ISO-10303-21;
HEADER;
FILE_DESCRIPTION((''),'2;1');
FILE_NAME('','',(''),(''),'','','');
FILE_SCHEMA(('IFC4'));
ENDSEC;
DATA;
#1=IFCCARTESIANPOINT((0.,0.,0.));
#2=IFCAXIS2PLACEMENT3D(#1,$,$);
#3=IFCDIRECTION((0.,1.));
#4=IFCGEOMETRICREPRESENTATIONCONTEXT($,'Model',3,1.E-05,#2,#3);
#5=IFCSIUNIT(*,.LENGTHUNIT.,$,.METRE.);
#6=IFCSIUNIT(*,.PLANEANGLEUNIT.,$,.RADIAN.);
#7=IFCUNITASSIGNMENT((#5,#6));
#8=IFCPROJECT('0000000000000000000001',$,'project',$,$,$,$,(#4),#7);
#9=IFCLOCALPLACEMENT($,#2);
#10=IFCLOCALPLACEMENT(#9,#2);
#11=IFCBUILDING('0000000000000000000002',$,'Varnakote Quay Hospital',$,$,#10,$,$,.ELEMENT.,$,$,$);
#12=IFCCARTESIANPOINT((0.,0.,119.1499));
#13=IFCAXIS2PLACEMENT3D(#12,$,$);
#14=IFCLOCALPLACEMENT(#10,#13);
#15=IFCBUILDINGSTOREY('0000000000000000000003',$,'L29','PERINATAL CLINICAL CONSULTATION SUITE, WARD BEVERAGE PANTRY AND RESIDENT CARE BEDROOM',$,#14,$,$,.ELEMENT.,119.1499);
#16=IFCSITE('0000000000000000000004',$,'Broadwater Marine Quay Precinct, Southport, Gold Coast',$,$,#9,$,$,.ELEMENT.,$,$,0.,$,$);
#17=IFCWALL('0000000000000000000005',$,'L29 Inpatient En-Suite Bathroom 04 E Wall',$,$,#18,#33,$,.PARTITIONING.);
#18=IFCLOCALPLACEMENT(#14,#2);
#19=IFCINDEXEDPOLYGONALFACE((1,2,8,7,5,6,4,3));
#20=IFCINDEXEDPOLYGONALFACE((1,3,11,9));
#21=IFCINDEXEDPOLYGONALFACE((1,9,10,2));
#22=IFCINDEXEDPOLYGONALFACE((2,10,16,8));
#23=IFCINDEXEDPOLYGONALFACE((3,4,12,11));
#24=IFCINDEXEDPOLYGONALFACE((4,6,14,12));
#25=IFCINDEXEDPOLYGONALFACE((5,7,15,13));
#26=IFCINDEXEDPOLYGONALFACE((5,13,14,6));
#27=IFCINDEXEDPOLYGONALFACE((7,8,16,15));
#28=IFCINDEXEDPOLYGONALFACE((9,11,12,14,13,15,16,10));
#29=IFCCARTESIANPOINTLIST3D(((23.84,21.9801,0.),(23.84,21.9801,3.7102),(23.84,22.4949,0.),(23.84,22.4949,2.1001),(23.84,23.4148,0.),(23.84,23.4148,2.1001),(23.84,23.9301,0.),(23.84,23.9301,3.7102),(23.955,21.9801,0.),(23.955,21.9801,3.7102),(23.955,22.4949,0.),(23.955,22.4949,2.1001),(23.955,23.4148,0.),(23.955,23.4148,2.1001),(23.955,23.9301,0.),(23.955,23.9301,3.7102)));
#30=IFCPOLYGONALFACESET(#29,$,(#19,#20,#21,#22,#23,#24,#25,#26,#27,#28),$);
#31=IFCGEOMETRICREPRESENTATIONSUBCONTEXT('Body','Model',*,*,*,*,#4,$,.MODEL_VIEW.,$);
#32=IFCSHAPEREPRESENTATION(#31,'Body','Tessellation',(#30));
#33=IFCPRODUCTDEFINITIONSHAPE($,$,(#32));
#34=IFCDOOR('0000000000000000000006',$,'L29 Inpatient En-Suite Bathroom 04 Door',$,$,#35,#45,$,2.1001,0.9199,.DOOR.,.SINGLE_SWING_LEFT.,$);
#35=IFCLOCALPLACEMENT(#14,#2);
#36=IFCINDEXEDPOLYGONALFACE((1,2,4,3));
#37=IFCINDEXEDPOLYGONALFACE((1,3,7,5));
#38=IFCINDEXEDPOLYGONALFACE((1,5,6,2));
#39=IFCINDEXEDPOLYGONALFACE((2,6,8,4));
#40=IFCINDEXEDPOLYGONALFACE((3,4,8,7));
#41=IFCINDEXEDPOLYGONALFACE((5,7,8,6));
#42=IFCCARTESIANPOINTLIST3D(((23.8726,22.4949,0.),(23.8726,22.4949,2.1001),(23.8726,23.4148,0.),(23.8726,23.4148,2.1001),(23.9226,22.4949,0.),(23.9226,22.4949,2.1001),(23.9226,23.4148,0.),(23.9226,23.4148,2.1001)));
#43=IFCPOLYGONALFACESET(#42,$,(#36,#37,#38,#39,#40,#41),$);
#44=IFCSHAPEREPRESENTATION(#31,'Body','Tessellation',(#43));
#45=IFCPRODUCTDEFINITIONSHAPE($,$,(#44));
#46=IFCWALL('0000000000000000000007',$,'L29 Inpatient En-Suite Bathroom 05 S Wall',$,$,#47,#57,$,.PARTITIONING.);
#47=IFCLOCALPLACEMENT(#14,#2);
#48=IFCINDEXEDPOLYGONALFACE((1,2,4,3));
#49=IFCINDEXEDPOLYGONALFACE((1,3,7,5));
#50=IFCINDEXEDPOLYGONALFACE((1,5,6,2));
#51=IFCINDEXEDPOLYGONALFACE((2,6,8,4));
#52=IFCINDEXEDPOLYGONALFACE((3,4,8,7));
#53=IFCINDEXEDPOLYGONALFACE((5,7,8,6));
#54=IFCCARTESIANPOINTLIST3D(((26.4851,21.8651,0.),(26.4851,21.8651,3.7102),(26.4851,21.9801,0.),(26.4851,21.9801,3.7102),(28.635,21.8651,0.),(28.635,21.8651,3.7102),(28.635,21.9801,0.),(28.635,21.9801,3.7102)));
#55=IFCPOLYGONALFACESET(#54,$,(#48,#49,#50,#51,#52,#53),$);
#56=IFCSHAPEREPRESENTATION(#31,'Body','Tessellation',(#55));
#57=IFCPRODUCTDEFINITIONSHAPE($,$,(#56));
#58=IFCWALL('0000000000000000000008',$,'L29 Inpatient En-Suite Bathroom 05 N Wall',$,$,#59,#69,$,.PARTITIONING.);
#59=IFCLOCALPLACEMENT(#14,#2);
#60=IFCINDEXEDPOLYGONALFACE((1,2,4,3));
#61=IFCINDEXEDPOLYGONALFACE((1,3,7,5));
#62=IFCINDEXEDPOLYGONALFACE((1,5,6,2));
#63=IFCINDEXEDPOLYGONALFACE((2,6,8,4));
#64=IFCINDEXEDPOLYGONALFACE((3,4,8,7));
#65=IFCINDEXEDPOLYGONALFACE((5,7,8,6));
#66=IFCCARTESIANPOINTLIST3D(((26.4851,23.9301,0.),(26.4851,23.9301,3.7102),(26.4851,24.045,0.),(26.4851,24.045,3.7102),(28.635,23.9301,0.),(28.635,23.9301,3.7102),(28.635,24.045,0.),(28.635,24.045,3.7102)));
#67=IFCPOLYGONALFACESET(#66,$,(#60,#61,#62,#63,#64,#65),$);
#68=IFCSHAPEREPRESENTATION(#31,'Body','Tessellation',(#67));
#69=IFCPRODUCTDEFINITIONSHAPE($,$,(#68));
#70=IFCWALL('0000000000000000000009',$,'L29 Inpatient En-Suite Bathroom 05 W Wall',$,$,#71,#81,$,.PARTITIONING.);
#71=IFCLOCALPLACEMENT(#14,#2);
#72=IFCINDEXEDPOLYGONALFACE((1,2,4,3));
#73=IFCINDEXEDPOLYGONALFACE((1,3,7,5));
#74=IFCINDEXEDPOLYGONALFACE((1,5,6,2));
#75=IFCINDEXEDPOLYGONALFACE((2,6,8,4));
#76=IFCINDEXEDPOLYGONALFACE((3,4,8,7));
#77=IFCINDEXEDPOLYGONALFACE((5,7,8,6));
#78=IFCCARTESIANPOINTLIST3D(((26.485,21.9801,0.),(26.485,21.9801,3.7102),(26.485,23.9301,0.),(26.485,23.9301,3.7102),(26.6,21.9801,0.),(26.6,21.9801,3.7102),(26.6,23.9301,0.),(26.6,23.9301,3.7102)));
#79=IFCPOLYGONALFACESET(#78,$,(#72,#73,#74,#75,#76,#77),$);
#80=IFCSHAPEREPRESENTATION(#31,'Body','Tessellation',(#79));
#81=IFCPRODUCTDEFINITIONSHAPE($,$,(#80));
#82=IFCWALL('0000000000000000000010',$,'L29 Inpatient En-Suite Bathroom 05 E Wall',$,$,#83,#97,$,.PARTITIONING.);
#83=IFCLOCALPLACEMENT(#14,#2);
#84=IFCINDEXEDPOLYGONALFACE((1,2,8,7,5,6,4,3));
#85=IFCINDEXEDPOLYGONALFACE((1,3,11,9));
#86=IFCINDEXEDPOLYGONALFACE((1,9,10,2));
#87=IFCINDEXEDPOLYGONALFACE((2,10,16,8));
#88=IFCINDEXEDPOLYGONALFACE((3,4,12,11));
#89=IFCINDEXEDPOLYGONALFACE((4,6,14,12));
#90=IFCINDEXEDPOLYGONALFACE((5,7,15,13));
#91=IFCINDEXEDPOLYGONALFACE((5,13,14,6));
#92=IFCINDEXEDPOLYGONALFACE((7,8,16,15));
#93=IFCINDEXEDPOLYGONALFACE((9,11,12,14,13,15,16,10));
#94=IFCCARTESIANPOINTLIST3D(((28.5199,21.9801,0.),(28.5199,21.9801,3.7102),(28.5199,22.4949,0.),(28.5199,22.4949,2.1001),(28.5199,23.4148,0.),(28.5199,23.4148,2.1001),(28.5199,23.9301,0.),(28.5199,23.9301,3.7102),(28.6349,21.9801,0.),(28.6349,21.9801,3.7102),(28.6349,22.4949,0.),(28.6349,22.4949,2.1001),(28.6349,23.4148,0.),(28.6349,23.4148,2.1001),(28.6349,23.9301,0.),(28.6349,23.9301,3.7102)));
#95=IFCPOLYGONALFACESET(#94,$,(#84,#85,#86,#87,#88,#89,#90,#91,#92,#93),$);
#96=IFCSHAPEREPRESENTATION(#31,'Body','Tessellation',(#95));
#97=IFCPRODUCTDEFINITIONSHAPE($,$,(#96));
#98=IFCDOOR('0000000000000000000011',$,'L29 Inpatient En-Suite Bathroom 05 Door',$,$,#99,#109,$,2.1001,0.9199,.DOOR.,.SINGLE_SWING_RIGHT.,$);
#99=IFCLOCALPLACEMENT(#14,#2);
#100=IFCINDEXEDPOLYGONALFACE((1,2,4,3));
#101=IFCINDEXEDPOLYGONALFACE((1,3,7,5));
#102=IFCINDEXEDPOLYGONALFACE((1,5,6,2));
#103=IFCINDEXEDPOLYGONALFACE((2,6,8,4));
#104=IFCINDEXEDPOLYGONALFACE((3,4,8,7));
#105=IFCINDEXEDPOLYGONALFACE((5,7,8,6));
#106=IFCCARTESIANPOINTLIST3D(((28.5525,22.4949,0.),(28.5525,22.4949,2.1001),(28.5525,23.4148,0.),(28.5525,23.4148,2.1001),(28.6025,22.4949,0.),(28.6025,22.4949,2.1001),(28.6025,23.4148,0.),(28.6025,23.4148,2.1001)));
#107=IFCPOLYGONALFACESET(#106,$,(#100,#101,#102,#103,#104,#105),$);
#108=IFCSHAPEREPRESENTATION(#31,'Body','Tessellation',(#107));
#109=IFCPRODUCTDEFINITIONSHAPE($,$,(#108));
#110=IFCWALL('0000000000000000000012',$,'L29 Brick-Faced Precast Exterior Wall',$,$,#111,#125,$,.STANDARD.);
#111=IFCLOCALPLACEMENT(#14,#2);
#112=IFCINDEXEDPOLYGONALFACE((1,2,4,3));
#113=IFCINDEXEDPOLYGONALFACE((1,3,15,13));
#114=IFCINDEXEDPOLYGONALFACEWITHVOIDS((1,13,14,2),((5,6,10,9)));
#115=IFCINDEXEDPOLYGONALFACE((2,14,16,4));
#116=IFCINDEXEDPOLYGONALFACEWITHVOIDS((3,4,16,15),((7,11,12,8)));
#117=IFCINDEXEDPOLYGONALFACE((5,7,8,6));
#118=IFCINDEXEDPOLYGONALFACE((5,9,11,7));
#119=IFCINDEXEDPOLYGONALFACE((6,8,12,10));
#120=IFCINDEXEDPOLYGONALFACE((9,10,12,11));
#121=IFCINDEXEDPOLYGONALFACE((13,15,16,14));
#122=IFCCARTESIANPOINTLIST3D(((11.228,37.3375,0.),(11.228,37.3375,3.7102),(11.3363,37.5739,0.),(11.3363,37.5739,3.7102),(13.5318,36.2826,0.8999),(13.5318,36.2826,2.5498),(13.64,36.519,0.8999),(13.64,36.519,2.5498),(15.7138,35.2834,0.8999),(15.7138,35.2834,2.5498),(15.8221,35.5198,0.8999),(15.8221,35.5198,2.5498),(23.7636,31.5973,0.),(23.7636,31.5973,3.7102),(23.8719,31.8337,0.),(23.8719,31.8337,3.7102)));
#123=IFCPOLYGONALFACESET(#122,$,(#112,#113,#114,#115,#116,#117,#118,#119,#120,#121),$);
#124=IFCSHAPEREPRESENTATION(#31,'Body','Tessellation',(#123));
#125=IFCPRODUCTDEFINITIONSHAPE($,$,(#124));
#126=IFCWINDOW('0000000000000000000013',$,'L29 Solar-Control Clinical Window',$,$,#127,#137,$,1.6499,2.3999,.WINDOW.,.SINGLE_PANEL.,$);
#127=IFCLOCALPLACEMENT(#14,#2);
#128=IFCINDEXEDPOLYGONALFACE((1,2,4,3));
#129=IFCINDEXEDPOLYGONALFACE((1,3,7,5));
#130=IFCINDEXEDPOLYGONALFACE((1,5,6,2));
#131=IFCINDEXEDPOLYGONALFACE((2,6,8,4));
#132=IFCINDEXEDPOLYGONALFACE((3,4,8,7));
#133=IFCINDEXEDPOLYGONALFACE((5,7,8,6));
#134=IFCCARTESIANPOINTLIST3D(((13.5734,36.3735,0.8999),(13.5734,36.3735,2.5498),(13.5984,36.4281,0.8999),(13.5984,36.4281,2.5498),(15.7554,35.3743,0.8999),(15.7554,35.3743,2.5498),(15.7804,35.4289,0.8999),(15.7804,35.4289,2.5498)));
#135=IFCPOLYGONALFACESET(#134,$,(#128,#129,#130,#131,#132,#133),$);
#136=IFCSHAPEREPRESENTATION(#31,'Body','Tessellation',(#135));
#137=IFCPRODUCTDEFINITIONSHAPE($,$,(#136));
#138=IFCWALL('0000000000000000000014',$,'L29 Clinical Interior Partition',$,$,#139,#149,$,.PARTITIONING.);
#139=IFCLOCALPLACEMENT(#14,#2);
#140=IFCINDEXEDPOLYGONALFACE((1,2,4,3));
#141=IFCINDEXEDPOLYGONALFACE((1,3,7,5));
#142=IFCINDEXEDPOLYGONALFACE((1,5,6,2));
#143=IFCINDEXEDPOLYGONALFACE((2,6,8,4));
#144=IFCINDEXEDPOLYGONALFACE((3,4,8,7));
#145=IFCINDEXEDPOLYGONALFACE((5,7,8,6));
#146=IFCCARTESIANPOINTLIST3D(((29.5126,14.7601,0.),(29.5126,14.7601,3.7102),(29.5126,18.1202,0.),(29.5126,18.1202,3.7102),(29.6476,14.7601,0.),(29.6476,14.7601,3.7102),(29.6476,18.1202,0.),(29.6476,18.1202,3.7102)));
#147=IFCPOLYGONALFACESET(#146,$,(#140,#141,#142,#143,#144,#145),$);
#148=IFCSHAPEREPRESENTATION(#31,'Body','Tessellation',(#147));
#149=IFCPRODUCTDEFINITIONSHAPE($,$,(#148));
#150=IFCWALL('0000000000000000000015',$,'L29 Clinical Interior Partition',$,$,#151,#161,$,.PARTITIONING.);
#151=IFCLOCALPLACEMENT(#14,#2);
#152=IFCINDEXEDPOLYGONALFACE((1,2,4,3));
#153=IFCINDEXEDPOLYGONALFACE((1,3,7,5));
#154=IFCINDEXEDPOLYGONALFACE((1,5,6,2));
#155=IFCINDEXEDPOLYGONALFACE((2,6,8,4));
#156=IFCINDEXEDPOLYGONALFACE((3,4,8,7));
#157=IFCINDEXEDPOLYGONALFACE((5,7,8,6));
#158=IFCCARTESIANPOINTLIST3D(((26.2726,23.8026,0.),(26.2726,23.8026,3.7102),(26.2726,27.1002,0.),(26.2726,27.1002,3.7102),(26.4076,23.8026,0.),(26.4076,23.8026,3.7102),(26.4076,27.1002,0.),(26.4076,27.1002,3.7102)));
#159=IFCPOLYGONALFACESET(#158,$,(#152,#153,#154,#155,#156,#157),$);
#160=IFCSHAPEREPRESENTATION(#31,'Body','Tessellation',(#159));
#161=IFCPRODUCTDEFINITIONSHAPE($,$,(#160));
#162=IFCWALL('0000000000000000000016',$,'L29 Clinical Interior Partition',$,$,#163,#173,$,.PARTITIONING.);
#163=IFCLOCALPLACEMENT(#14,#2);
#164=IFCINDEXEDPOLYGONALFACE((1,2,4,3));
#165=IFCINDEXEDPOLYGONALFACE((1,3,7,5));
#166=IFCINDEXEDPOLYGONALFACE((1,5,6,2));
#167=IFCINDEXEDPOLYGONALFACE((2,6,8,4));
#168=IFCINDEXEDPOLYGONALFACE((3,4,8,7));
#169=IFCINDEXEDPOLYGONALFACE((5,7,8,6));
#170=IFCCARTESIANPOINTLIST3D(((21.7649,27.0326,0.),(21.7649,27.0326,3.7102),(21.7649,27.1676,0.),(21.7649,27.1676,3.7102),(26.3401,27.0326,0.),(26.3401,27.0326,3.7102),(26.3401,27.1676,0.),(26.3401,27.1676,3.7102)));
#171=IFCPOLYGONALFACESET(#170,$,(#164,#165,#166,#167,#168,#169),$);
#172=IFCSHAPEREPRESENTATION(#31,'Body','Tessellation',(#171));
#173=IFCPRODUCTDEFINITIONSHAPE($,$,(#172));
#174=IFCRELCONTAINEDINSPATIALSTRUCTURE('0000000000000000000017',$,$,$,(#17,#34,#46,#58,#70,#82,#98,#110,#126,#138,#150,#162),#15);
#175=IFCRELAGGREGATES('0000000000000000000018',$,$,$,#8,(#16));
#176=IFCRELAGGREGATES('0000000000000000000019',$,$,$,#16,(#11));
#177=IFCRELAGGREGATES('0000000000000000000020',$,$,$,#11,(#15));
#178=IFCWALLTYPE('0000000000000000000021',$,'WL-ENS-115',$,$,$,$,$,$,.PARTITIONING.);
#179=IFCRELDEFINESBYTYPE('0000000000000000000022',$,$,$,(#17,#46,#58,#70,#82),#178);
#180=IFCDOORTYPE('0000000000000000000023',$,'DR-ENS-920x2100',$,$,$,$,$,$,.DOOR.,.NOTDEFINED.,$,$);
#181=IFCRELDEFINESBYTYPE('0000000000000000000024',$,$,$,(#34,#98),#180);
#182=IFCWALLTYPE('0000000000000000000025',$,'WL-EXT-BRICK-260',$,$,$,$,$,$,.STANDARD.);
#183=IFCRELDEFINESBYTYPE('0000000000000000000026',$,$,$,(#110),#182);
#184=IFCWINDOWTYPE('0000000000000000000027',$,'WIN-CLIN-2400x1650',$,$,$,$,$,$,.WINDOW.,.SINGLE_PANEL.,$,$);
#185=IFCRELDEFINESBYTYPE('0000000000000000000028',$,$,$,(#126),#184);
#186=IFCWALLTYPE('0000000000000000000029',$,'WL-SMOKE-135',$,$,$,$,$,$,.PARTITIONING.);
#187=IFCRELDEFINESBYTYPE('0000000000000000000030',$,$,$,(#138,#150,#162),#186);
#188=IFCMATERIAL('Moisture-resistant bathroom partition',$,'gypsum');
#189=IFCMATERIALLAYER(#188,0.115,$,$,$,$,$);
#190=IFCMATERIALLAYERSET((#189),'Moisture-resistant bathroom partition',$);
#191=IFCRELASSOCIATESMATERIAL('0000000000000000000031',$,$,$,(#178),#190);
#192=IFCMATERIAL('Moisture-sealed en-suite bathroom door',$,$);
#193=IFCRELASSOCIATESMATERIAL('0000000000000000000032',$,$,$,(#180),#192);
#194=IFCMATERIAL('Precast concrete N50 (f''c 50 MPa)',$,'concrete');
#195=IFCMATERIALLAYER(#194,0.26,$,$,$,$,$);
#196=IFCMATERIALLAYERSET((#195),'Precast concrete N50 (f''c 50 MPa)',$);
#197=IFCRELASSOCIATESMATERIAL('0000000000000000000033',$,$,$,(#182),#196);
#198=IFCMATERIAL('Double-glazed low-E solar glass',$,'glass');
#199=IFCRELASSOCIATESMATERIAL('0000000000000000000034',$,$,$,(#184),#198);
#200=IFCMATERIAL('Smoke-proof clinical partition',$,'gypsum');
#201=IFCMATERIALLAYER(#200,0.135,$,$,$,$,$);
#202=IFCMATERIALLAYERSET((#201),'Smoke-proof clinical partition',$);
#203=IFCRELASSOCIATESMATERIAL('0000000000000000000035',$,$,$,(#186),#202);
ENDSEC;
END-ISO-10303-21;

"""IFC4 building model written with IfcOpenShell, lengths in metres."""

from ifc_helpers import new_model, si_unit, direction, frame, frame_2d, origin, place, context, subcontext, project, spatial, rectangle, extrude, material, layer, layer_set, type_object, element, fill, save


model = new_model("IFC4")

# Units and contexts
model_context = context("Model", 3, precision=1e-05, world=origin(), true_north=direction((0.0, 1.0)))
body_context = subcontext(model_context, "Body", "Model", "MODEL_VIEW")
ifc_project = project(units=[si_unit("LENGTHUNIT", "METRE"), si_unit("PLANEANGLEUNIT", "RADIAN")], contexts=[model_context])

# Site, building, storey
site_placement = place(None, origin())
site = spatial("IfcSite", under=ifc_project, at=site_placement, Name="Broadwater Marine Quay Precinct, Southport, Gold Coast", CompositionType="ELEMENT", RefElevation=0.0)
building_placement = place(site_placement, origin())
building = spatial("IfcBuilding", under=site, at=building_placement, Name="Varnakote Quay Hospital", CompositionType="ELEMENT")
storey_placement = place(building_placement, frame((0.0, 0.0, 119.1499)))
storey = spatial("IfcBuildingStorey", under=building, at=storey_placement, Name="L29", Description="PERINATAL CLINICAL CONSULTATION SUITE, WARD BEVERAGE PANTRY AND RESIDENT CARE BEDROOM", CompositionType="ELEMENT", Elevation=119.1499)

# Shared definitions
ifc_material_1 = material(Name="Moisture-resistant bathroom partition", Category="gypsum")
ifc_layer_1 = layer(ifc_material_1, 0.115)
ifc_layer_set_1 = layer_set([ifc_layer_1], Name="Moisture-resistant bathroom partition")
wall_type_1 = type_object("IfcWallType", Name="WL-ENS-115", PredefinedType="PARTITIONING", material=ifc_layer_set_1)

# Wall, opening, door
wall_1_placement = place(storey_placement, frame((23.8975, 21.98, 0.0), z_axis=(0.0, 0.0, 1.0), x_axis=(0.0, 1.0, 0.0)))
wall_1 = element("IfcWall", 1, at=wall_1_placement, inside=storey, type_object=wall_type_1, Name="L29 Inpatient En-Suite Bathroom 04 E Wall", PredefinedType="PARTITIONING", context=body_context, shape_type="SweptSolid", body=[
    extrude(rectangle(XDim=1.95, YDim=0.115, at=frame_2d((0.9751, 0.0))), origin(), (0.0, 0.0, 1.0), 3.7102),
])
opening_1_placement = place(wall_1_placement, frame((0.5149, 0.0, 0.0)))
opening_1 = element("IfcOpeningElement", 2, at=opening_1_placement, cuts=wall_1, PredefinedType="OPENING", context=body_context, shape_type="SweptSolid", body=[
    extrude(rectangle(XDim=0.9199, YDim=2.1001, at=frame_2d((0.46, 1.05))), frame((0.0, 0.0674, 0.0), z_axis=(0.0, -1.0, 0.0), x_axis=(1.0, 0.0, 0.0)), (0.0, 0.0, 1.0), 0.135),
])
ifc_material_2 = material(Name="Moisture-sealed en-suite bathroom door")
door_type_1 = type_object("IfcDoorType", Name="DR-ENS-920x2100", OperationType="NOTDEFINED", PredefinedType="DOOR", material=ifc_material_2)
door_1_placement = place(opening_1_placement, origin())
door_1 = element("IfcDoor", 3, at=door_1_placement, inside=storey, type_object=door_type_1, Name="L29 Inpatient En-Suite Bathroom 04 Door", OperationType="SINGLE_SWING_LEFT", OverallHeight=2.1001, OverallWidth=0.9199, PredefinedType="DOOR", context=body_context, shape_type="SweptSolid", body=[
    extrude(rectangle(XDim=0.9199, YDim=2.1001, at=frame_2d((0.46, 1.05))), frame((0.0, 0.0249, 0.0), z_axis=(0.0, -1.0, 0.0), x_axis=(1.0, 0.0, 0.0)), (0.0, 0.0, 1.0), 0.05),
])
fill(opening_1, door_1)

# Walls
for number, where, z_axis, x_axis, name in (
    (4, (26.4851, 21.9226, 0.0), (0.0, 0.0, 1.0), (1.0, 0.0, 0.0), "L29 Inpatient En-Suite Bathroom 05 S Wall"),
    (5, (26.4851, 23.9875, 0.0), (0.0, 0.0, 1.0), (1.0, 0.0, 0.0), "L29 Inpatient En-Suite Bathroom 05 N Wall"),
):
    element("IfcWall", number, at=place(storey_placement, frame(where, z_axis=z_axis, x_axis=x_axis)), inside=storey, type_object=wall_type_1, Name=name, PredefinedType="PARTITIONING", context=body_context, shape_type="SweptSolid", body=[
        extrude(rectangle(XDim=2.1499, YDim=0.115, at=frame_2d((1.075, 0.0))), origin(), (0.0, 0.0, 1.0), 3.7102),
    ])
wall_2_placement = place(storey_placement, frame((26.5425, 21.98, 0.0), z_axis=(0.0, 0.0, 1.0), x_axis=(0.0, 1.0, 0.0)))
element("IfcWall", 6, at=wall_2_placement, inside=storey, type_object=wall_type_1, Name="L29 Inpatient En-Suite Bathroom 05 W Wall", PredefinedType="PARTITIONING", context=body_context, shape_type="SweptSolid", body=[
    extrude(rectangle(XDim=1.95, YDim=0.115, at=frame_2d((0.9751, 0.0))), origin(), (0.0, 0.0, 1.0), 3.7102),
])

# Wall, opening, door
wall_3_placement = place(storey_placement, frame((28.5774, 21.98, 0.0), z_axis=(0.0, 0.0, 1.0), x_axis=(0.0, 1.0, 0.0)))
wall_3 = element("IfcWall", 7, at=wall_3_placement, inside=storey, type_object=wall_type_1, Name="L29 Inpatient En-Suite Bathroom 05 E Wall", PredefinedType="PARTITIONING", context=body_context, shape_type="SweptSolid", body=[
    extrude(rectangle(XDim=1.95, YDim=0.115, at=frame_2d((0.9751, 0.0))), origin(), (0.0, 0.0, 1.0), 3.7102),
])
opening_2_placement = place(wall_3_placement, frame((0.5149, 0.0, 0.0)))
opening_2 = element("IfcOpeningElement", 8, at=opening_2_placement, cuts=wall_3, PredefinedType="OPENING", context=body_context, shape_type="SweptSolid", body=[
    extrude(rectangle(XDim=0.9199, YDim=2.1001, at=frame_2d((0.46, 1.05))), frame((0.0, 0.0674, 0.0), z_axis=(0.0, -1.0, 0.0), x_axis=(1.0, 0.0, 0.0)), (0.0, 0.0, 1.0), 0.135),
])
door_2_placement = place(opening_2_placement, origin())
door_2 = element("IfcDoor", 9, at=door_2_placement, inside=storey, type_object=door_type_1, Name="L29 Inpatient En-Suite Bathroom 05 Door", OperationType="SINGLE_SWING_RIGHT", OverallHeight=2.1001, OverallWidth=0.9199, PredefinedType="DOOR", context=body_context, shape_type="SweptSolid", body=[
    extrude(rectangle(XDim=0.9199, YDim=2.1001, at=frame_2d((0.46, 1.05))), frame((0.0, 0.0249, 0.0), z_axis=(0.0, -1.0, 0.0), x_axis=(1.0, 0.0, 0.0)), (0.0, 0.0, 1.0), 0.05),
])
fill(opening_2, door_2)

# Wall, opening, window
ifc_material_3 = material(Name="Precast concrete N50 (f'c 50 MPa)", Category="concrete")
ifc_layer_2 = layer(ifc_material_3, 0.26)
ifc_layer_set_2 = layer_set([ifc_layer_2], Name="Precast concrete N50 (f'c 50 MPa)")
wall_type_2 = type_object("IfcWallType", Name="WL-EXT-BRICK-260", PredefinedType="STANDARD", material=ifc_layer_set_2)
wall_4_placement = place(storey_placement, frame((23.8176, 31.7156, 0.0), z_axis=(0.0, 0.0, 1.0), x_axis=(-0.90921, 0.416339, 0.0)))
wall_4 = element("IfcWall", 10, at=wall_4_placement, inside=storey, type_object=wall_type_2, Name="L29 Brick-Faced Precast Exterior Wall", PredefinedType="STANDARD", context=body_context, shape_type="SweptSolid", body=[
    extrude(rectangle(XDim=13.7874, YDim=0.26, at=frame_2d((6.8936, 0.0))), origin(), (0.0, 0.0, 1.0), 3.7102),
])
opening_3_placement = place(wall_4_placement, frame((8.8535, 0.0, 0.8999)))
opening_3 = element("IfcOpeningElement", 11, at=opening_3_placement, cuts=wall_4, PredefinedType="OPENING", context=body_context, shape_type="SweptSolid", body=[
    extrude(rectangle(XDim=2.3999, YDim=1.6499, at=frame_2d((1.2, 0.825))), frame((0.0, 0.1399, 0.0), z_axis=(0.0, -1.0, 0.0), x_axis=(1.0, 0.0, 0.0)), (0.0, 0.0, 1.0), 0.28),
])
ifc_material_4 = material(Name="Double-glazed low-E solar glass", Category="glass")
window_type = type_object("IfcWindowType", Name="WIN-CLIN-2400x1650", PartitioningType="SINGLE_PANEL", PredefinedType="WINDOW", material=ifc_material_4)
window_placement = place(opening_3_placement, origin())
window = element("IfcWindow", 12, at=window_placement, inside=storey, type_object=window_type, Name="L29 Solar-Control Clinical Window", OverallHeight=1.6499, OverallWidth=2.3999, PartitioningType="SINGLE_PANEL", PredefinedType="WINDOW", context=body_context, shape_type="SweptSolid", body=[
    extrude(rectangle(XDim=2.3999, YDim=1.6499, at=frame_2d((1.2, 0.825))), frame((0.0, 0.03, 0.0), z_axis=(0.0, -1.0, 0.0), x_axis=(1.0, 0.0, 0.0)), (0.0, 0.0, 1.0), 0.0601),
])
fill(opening_3, window)

# Walls
ifc_material_5 = material(Name="Smoke-proof clinical partition", Category="gypsum")
ifc_layer_3 = layer(ifc_material_5, 0.135)
ifc_layer_set_3 = layer_set([ifc_layer_3], Name="Smoke-proof clinical partition")
wall_type_3 = type_object("IfcWallType", Name="WL-SMOKE-135", PredefinedType="PARTITIONING", material=ifc_layer_set_3)
wall_5_placement = place(storey_placement, frame((29.5801, 14.76, 0.0), z_axis=(0.0, 0.0, 1.0), x_axis=(0.0, 1.0, 0.0)))
element("IfcWall", 13, at=wall_5_placement, inside=storey, type_object=wall_type_3, Name="L29 Clinical Interior Partition", PredefinedType="PARTITIONING", context=body_context, shape_type="SweptSolid", body=[
    extrude(rectangle(XDim=3.3601, YDim=0.135, at=frame_2d((1.6802, 0.0))), origin(), (0.0, 0.0, 1.0), 3.7102),
])
wall_6_placement = place(storey_placement, frame((26.3401, 23.8025, 0.0), z_axis=(0.0, 0.0, 1.0), x_axis=(0.0, 1.0, 0.0)))
element("IfcWall", 14, at=wall_6_placement, inside=storey, type_object=wall_type_3, Name="L29 Clinical Interior Partition", PredefinedType="PARTITIONING", context=body_context, shape_type="SweptSolid", body=[
    extrude(rectangle(XDim=3.2976, YDim=0.135, at=frame_2d((1.6489, 0.0))), origin(), (0.0, 0.0, 1.0), 3.7102),
])
wall_7_placement = place(storey_placement, frame((26.3401, 27.1001, 0.0), z_axis=(0.0, 0.0, 1.0), x_axis=(-1.0, 0.0, 0.0)))
element("IfcWall", 15, at=wall_7_placement, inside=storey, type_object=wall_type_3, Name="L29 Clinical Interior Partition", PredefinedType="PARTITIONING", context=body_context, shape_type="SweptSolid", body=[
    extrude(rectangle(XDim=4.5752, YDim=0.135, at=frame_2d((2.2876, 0.0))), origin(), (0.0, 0.0, 1.0), 3.7102),
])

save(model, "model.ifc")
